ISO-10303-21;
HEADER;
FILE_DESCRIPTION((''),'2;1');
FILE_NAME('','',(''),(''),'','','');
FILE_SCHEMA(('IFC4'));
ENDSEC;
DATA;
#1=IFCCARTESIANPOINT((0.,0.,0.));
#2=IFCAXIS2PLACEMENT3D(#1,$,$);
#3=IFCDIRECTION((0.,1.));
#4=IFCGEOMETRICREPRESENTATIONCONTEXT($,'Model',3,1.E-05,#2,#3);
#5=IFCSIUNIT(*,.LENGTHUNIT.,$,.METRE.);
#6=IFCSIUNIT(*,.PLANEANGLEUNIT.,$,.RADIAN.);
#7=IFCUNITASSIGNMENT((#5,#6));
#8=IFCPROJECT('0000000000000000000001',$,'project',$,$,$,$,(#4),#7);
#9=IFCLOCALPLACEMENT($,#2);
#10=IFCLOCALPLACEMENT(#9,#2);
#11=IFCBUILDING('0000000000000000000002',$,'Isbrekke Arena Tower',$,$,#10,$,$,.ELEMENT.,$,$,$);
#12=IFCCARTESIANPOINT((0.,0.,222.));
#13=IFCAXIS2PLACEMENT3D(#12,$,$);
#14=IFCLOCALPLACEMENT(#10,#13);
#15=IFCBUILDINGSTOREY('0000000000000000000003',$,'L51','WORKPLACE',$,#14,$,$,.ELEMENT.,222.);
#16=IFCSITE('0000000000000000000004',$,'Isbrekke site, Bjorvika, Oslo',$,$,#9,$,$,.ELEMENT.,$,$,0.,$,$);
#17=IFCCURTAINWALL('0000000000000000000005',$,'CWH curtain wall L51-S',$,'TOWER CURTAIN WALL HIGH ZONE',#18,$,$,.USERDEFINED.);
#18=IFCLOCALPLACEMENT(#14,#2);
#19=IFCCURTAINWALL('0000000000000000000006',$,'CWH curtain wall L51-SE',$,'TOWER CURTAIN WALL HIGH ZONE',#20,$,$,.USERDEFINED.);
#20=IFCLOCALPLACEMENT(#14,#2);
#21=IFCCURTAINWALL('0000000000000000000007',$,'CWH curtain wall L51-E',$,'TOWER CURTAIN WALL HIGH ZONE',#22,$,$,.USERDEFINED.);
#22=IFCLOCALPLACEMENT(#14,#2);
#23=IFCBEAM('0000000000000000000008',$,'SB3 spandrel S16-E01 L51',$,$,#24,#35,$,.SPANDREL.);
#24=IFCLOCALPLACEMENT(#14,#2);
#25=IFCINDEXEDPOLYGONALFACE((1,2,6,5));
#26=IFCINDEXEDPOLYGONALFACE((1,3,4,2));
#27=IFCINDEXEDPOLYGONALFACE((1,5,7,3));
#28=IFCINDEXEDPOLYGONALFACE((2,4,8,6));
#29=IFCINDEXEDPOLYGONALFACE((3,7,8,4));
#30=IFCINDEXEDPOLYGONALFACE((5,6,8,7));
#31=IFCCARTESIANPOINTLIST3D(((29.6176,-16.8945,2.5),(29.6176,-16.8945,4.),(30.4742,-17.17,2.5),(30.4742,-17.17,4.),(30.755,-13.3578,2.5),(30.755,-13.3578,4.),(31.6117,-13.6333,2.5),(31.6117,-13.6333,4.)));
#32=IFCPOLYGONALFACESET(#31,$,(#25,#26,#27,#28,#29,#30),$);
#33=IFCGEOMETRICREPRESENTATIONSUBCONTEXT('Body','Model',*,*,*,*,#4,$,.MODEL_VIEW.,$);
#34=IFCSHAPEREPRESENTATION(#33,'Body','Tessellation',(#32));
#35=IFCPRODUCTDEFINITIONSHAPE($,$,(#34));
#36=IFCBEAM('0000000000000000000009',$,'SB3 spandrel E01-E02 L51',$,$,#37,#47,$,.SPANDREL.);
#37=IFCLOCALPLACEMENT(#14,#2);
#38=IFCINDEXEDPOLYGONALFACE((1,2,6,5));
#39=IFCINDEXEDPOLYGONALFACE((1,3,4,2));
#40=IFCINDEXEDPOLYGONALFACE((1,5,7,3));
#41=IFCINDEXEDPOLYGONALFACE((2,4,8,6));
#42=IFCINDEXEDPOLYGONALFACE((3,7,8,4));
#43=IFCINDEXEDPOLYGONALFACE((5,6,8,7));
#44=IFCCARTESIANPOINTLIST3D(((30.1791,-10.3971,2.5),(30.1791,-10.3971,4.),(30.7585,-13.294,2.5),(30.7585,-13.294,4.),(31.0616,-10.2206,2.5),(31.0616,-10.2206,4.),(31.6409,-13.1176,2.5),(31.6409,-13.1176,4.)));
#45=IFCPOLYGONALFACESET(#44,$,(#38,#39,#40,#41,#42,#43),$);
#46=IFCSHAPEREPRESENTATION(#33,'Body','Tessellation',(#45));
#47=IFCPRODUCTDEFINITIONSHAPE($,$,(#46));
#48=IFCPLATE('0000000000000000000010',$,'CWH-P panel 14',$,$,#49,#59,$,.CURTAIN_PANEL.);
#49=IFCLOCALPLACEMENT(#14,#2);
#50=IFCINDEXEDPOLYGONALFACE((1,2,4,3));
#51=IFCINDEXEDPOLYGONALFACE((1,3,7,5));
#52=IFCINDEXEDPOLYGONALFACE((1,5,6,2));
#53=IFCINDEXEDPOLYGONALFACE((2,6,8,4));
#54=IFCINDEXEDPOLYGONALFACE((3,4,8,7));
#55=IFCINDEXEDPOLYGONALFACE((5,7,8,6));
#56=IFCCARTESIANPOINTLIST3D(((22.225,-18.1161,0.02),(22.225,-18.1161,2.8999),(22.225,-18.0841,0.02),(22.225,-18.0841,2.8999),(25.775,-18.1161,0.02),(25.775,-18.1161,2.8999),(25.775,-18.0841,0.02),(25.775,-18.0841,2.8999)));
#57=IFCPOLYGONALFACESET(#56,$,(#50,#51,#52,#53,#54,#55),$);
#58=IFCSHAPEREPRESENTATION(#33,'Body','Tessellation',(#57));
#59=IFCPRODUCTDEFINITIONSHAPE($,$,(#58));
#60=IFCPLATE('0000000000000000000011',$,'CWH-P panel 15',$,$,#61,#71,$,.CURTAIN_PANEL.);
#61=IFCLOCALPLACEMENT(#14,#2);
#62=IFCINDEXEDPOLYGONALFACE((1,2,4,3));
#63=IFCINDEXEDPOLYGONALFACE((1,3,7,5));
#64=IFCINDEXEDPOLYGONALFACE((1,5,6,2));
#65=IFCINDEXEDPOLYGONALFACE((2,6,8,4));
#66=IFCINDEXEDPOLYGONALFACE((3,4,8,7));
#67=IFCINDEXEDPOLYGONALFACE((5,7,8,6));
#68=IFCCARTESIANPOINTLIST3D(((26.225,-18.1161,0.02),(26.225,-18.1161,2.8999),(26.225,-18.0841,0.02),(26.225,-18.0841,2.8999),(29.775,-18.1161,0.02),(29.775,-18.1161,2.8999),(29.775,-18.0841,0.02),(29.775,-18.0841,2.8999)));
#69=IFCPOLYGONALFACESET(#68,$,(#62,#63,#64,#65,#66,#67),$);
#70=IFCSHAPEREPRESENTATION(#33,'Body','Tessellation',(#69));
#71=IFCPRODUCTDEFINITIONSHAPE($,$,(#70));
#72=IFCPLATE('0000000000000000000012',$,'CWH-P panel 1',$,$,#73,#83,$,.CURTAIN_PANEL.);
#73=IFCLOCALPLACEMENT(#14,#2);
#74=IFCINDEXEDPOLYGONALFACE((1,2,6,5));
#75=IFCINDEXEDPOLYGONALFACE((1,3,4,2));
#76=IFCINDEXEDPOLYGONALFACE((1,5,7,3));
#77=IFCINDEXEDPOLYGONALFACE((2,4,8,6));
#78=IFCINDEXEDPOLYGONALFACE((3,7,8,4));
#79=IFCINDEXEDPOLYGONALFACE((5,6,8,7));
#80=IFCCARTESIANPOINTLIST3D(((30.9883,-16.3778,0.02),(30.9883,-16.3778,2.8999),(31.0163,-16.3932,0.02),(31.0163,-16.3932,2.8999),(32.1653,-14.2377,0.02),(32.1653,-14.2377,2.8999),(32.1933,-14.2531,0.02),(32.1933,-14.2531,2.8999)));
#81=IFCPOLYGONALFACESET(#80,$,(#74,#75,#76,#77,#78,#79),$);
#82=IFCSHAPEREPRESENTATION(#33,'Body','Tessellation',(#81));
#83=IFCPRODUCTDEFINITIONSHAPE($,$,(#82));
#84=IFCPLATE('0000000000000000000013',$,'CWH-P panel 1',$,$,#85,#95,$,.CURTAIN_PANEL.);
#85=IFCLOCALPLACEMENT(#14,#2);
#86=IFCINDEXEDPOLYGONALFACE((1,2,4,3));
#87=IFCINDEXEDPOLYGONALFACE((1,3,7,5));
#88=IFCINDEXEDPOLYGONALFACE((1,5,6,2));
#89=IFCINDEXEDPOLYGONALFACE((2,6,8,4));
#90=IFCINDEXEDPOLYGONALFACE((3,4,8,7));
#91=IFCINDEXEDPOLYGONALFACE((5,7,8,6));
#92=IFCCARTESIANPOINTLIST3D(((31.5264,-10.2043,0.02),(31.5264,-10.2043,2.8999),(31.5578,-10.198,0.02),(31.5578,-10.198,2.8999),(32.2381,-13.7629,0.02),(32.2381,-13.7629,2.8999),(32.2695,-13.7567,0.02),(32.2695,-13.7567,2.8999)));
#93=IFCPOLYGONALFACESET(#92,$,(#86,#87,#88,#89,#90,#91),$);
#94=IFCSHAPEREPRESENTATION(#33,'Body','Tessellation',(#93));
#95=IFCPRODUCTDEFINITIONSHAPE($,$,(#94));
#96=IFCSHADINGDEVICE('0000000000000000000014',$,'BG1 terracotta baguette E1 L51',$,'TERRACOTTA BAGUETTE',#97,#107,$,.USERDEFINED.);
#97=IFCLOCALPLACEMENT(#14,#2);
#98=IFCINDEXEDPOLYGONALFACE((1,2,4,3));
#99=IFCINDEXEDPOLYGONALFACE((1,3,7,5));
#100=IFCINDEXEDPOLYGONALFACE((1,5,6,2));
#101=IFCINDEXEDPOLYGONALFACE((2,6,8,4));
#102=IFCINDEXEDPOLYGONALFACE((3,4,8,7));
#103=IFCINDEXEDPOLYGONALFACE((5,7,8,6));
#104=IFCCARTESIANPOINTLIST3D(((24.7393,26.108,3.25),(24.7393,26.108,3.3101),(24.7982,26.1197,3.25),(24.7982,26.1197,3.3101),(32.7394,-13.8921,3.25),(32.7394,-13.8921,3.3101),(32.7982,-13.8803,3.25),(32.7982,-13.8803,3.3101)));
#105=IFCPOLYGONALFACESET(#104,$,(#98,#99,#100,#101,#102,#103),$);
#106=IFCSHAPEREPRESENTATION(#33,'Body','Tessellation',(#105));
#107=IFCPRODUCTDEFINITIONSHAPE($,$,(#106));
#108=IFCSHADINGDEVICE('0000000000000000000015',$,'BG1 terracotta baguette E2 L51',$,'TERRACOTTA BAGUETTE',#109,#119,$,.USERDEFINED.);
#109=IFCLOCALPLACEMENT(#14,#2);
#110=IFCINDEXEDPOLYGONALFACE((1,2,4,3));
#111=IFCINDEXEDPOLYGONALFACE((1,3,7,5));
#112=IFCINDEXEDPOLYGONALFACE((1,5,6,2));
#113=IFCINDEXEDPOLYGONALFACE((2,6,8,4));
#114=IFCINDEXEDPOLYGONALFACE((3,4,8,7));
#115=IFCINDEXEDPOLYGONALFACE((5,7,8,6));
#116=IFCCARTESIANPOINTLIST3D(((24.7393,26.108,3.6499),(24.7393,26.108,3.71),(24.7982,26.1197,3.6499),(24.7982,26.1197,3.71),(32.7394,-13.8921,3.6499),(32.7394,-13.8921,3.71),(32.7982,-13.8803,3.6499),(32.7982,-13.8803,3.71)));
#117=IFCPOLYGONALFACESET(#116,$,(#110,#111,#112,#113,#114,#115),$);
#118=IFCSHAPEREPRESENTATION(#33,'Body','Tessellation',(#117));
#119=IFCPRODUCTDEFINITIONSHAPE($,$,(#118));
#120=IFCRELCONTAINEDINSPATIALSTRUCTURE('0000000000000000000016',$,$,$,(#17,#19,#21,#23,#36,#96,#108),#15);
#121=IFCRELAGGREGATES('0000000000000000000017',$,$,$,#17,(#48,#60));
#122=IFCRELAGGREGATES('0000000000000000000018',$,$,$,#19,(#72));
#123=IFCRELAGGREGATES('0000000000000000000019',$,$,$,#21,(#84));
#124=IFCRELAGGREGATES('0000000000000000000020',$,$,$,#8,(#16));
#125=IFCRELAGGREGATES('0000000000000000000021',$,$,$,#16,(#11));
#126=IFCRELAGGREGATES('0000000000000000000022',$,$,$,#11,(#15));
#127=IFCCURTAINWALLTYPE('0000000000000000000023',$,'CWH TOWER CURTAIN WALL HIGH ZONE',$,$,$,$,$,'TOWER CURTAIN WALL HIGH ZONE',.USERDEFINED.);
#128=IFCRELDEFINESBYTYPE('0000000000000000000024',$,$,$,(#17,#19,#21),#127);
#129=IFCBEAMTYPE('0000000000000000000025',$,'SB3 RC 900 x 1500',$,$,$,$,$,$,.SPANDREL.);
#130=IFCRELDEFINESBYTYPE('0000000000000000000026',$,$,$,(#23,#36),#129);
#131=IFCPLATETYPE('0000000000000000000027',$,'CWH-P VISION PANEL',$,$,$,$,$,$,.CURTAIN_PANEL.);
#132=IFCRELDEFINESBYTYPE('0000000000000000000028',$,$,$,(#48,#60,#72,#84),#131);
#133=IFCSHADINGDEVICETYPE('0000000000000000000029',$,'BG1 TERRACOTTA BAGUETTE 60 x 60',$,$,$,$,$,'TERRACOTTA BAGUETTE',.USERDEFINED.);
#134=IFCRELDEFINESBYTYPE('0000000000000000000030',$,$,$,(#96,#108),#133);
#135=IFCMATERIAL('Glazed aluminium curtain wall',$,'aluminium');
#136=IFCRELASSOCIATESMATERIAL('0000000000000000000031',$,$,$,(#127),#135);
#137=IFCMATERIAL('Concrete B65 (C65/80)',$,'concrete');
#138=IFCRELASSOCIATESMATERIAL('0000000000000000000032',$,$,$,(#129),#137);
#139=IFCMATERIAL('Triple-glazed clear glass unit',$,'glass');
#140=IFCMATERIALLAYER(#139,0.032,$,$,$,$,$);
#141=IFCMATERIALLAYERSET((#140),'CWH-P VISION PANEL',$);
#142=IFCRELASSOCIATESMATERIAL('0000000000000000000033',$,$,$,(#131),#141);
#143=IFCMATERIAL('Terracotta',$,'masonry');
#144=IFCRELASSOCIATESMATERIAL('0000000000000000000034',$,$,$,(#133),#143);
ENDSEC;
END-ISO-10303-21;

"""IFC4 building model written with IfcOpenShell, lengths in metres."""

from ifc_helpers import new_model, si_unit, direction, frame, origin, origin_2d, place, context, subcontext, project, spatial, rectangle, extrude, material, layer, layer_set, material_profile, profile_set, type_object, element, aggregate, save


model = new_model("IFC4")

# Units and contexts
model_context = context("Model", 3, precision=1e-05, world=origin(), true_north=direction((0.0, 1.0)))
body_context = subcontext(model_context, "Body", "Model", "MODEL_VIEW")
ifc_project = project(units=[si_unit("LENGTHUNIT", "METRE"), si_unit("PLANEANGLEUNIT", "RADIAN")], contexts=[model_context])

# Site, building, storey
site_placement = place(None, origin())
site = spatial("IfcSite", under=ifc_project, at=site_placement, Name="Isbrekke site, Bjorvika, Oslo", CompositionType="ELEMENT", RefElevation=0.0)
building_placement = place(site_placement, origin())
building = spatial("IfcBuilding", under=site, at=building_placement, Name="Isbrekke Arena Tower", CompositionType="ELEMENT")
storey_placement = place(building_placement, frame((0.0, 0.0, 222.0)))
storey = spatial("IfcBuildingStorey", under=building, at=storey_placement, Name="L51", Description="WORKPLACE", CompositionType="ELEMENT", Elevation=222.0)

# Curtain walls
ifc_material_1 = material(Name="Glazed aluminium curtain wall", Category="aluminium")
curtain_wall_type = type_object("IfcCurtainWallType", Name="CWH TOWER CURTAIN WALL HIGH ZONE", ElementType="TOWER CURTAIN WALL HIGH ZONE", PredefinedType="USERDEFINED", material=ifc_material_1)
curtain_wall_1_placement = place(storey_placement, origin())
curtain_wall_1 = element("IfcCurtainWall", 1, at=curtain_wall_1_placement, inside=storey, type_object=curtain_wall_type, Name="CWH curtain wall L51-S", ObjectType="TOWER CURTAIN WALL HIGH ZONE", PredefinedType="USERDEFINED")
curtain_wall_2_placement = place(storey_placement, origin())
curtain_wall_2 = element("IfcCurtainWall", 2, at=curtain_wall_2_placement, inside=storey, type_object=curtain_wall_type, Name="CWH curtain wall L51-SE", ObjectType="TOWER CURTAIN WALL HIGH ZONE", PredefinedType="USERDEFINED")

# Curtain wall
curtain_wall_3_placement = place(storey_placement, origin())
curtain_wall_3 = element("IfcCurtainWall", 3, at=curtain_wall_3_placement, inside=storey, type_object=curtain_wall_type, Name="CWH curtain wall L51-E", ObjectType="TOWER CURTAIN WALL HIGH ZONE", PredefinedType="USERDEFINED")

# Beams
ifc_material_2 = material(Name="Concrete B65 (C65/80)", Category="concrete")
ifc_material_profile_1 = material_profile(ifc_material_2, rectangle(XDim=0.8999, YDim=1.5, at=origin_2d()), Name="RC 900x1500")
ifc_profile_set_1 = profile_set([ifc_material_profile_1], Name="Concrete B65 (C65/80)")
beam_type_1 = type_object("IfcBeamType", Name="SB3 RC 900 x 1500", PredefinedType="SPANDREL", material=ifc_profile_set_1)
beam_1_placement = place(storey_placement, frame((30.0459, -17.0322, 3.25), z_axis=(0.306175, 0.951975, 0.0), x_axis=(-0.951975, 0.306175, 0.0)))
element("IfcBeam", 4, at=beam_1_placement, inside=storey, type_object=beam_type_1, Name="SB3 spandrel S16-E01 L51", PredefinedType="SPANDREL", context=body_context, shape_type="SweptSolid", body=[
    extrude(rectangle(XDim=0.8999, YDim=1.5, at=origin_2d()), origin(), (0.0, 0.0, 1.0), 3.7151),
])
beam_2_placement = place(storey_placement, frame((31.1997, -13.2058, 3.25), z_axis=(-0.1961, 0.980584, 0.0), x_axis=(-0.980584, -0.1961, 0.0)))
element("IfcBeam", 5, at=beam_2_placement, inside=storey, type_object=beam_type_1, Name="SB3 spandrel E01-E02 L51", PredefinedType="SPANDREL", context=body_context, shape_type="SweptSolid", body=[
    extrude(rectangle(XDim=0.8999, YDim=1.5, at=origin_2d()), origin(), (0.0, 0.0, 1.0), 2.9543),
])

# Plates
ifc_material_3 = material(Name="Triple-glazed clear glass unit", Category="glass")
ifc_layer = layer(ifc_material_3, 0.032)
ifc_layer_set = layer_set([ifc_layer], Name="CWH-P VISION PANEL")
plate_type = type_object("IfcPlateType", Name="CWH-P VISION PANEL", PredefinedType="CURTAIN_PANEL", material=ifc_layer_set)
plate_1_placement = place(storey_placement, frame((24.0, -18.1001, 0.02), z_axis=(0.0, 0.0, 1.0), x_axis=(1.0, 0.0, 0.0)))
plate_1 = element("IfcPlate", 6, at=plate_1_placement, type_object=plate_type, Name="CWH-P panel 14", PredefinedType="CURTAIN_PANEL", context=body_context, shape_type="SweptSolid", body=[
    extrude(rectangle(XDim=3.55, YDim=0.032, at=origin_2d()), origin(), (0.0, 0.0, 1.0), 2.8799),
])
plate_2_placement = place(storey_placement, frame((28.0, -18.1001, 0.02), z_axis=(0.0, 0.0, 1.0), x_axis=(1.0, 0.0, 0.0)))
plate_2 = element("IfcPlate", 7, at=plate_2_placement, type_object=plate_type, Name="CWH-P panel 15", PredefinedType="CURTAIN_PANEL", context=body_context, shape_type="SweptSolid", body=[
    extrude(rectangle(XDim=3.55, YDim=0.032, at=origin_2d()), origin(), (0.0, 0.0, 1.0), 2.8799),
])
aggregate(curtain_wall_1, [plate_1, plate_2])
plate_3_placement = place(storey_placement, frame((31.5908, -15.3154, 0.02), z_axis=(0.0, 0.0, 1.0), x_axis=(0.481919, 0.876216, 0.0)))
plate_3 = element("IfcPlate", 8, at=plate_3_placement, type_object=plate_type, Name="CWH-P panel 1", PredefinedType="CURTAIN_PANEL", context=body_context, shape_type="SweptSolid", body=[
    extrude(rectangle(XDim=2.4424, YDim=0.032, at=origin_2d()), origin(), (0.0, 0.0, 1.0), 2.8799),
])
aggregate(curtain_wall_2, [plate_3])
plate_4_placement = place(storey_placement, frame((31.8979, -11.9805, 0.02), z_axis=(0.0, 0.0, 1.0), x_axis=(-0.196116, 0.980581, 0.0)))
plate_4 = element("IfcPlate", 9, at=plate_4_placement, type_object=plate_type, Name="CWH-P panel 1", PredefinedType="CURTAIN_PANEL", context=body_context, shape_type="SweptSolid", body=[
    extrude(rectangle(XDim=3.6292, YDim=0.032, at=origin_2d()), origin(), (0.0, 0.0, 1.0), 2.8799),
])
aggregate(curtain_wall_3, [plate_4])

# Shading devices
ifc_material_4 = material(Name="Terracotta", Category="masonry")
ifc_material_profile_2 = material_profile(ifc_material_4, rectangle(XDim=0.0601, YDim=0.0601, at=origin_2d()), Name="BAGUETTE 60X60")
ifc_profile_set_2 = profile_set([ifc_material_profile_2], Name="Terracotta")
shading_device_type = type_object("IfcShadingDeviceType", Name="BG1 TERRACOTTA BAGUETTE 60 x 60", ElementType="TERRACOTTA BAGUETTE", PredefinedType="USERDEFINED", material=ifc_profile_set_2)
for number, where, z_axis, x_axis, name in (
    (10, (32.7688, -13.8862, 3.28), (-0.196116, 0.980581, 0.0), (-0.980581, -0.196116, 0.0), "BG1 terracotta baguette E1 L51"),
    (11, (32.7688, -13.8862, 3.6799), (-0.196116, 0.980581, 0.0), (-0.980581, -0.196116, 0.0), "BG1 terracotta baguette E2 L51"),
):
    element("IfcShadingDevice", number, at=place(storey_placement, frame(where, z_axis=z_axis, x_axis=x_axis)), inside=storey, type_object=shading_device_type, Name=name, ObjectType="TERRACOTTA BAGUETTE", PredefinedType="USERDEFINED", context=body_context, shape_type="SweptSolid", body=[
        extrude(rectangle(XDim=0.0601, YDim=0.0601, at=origin_2d()), origin(), (0.0, 0.0, 1.0), 40.7922),
    ])

save(model, "model.ifc")
